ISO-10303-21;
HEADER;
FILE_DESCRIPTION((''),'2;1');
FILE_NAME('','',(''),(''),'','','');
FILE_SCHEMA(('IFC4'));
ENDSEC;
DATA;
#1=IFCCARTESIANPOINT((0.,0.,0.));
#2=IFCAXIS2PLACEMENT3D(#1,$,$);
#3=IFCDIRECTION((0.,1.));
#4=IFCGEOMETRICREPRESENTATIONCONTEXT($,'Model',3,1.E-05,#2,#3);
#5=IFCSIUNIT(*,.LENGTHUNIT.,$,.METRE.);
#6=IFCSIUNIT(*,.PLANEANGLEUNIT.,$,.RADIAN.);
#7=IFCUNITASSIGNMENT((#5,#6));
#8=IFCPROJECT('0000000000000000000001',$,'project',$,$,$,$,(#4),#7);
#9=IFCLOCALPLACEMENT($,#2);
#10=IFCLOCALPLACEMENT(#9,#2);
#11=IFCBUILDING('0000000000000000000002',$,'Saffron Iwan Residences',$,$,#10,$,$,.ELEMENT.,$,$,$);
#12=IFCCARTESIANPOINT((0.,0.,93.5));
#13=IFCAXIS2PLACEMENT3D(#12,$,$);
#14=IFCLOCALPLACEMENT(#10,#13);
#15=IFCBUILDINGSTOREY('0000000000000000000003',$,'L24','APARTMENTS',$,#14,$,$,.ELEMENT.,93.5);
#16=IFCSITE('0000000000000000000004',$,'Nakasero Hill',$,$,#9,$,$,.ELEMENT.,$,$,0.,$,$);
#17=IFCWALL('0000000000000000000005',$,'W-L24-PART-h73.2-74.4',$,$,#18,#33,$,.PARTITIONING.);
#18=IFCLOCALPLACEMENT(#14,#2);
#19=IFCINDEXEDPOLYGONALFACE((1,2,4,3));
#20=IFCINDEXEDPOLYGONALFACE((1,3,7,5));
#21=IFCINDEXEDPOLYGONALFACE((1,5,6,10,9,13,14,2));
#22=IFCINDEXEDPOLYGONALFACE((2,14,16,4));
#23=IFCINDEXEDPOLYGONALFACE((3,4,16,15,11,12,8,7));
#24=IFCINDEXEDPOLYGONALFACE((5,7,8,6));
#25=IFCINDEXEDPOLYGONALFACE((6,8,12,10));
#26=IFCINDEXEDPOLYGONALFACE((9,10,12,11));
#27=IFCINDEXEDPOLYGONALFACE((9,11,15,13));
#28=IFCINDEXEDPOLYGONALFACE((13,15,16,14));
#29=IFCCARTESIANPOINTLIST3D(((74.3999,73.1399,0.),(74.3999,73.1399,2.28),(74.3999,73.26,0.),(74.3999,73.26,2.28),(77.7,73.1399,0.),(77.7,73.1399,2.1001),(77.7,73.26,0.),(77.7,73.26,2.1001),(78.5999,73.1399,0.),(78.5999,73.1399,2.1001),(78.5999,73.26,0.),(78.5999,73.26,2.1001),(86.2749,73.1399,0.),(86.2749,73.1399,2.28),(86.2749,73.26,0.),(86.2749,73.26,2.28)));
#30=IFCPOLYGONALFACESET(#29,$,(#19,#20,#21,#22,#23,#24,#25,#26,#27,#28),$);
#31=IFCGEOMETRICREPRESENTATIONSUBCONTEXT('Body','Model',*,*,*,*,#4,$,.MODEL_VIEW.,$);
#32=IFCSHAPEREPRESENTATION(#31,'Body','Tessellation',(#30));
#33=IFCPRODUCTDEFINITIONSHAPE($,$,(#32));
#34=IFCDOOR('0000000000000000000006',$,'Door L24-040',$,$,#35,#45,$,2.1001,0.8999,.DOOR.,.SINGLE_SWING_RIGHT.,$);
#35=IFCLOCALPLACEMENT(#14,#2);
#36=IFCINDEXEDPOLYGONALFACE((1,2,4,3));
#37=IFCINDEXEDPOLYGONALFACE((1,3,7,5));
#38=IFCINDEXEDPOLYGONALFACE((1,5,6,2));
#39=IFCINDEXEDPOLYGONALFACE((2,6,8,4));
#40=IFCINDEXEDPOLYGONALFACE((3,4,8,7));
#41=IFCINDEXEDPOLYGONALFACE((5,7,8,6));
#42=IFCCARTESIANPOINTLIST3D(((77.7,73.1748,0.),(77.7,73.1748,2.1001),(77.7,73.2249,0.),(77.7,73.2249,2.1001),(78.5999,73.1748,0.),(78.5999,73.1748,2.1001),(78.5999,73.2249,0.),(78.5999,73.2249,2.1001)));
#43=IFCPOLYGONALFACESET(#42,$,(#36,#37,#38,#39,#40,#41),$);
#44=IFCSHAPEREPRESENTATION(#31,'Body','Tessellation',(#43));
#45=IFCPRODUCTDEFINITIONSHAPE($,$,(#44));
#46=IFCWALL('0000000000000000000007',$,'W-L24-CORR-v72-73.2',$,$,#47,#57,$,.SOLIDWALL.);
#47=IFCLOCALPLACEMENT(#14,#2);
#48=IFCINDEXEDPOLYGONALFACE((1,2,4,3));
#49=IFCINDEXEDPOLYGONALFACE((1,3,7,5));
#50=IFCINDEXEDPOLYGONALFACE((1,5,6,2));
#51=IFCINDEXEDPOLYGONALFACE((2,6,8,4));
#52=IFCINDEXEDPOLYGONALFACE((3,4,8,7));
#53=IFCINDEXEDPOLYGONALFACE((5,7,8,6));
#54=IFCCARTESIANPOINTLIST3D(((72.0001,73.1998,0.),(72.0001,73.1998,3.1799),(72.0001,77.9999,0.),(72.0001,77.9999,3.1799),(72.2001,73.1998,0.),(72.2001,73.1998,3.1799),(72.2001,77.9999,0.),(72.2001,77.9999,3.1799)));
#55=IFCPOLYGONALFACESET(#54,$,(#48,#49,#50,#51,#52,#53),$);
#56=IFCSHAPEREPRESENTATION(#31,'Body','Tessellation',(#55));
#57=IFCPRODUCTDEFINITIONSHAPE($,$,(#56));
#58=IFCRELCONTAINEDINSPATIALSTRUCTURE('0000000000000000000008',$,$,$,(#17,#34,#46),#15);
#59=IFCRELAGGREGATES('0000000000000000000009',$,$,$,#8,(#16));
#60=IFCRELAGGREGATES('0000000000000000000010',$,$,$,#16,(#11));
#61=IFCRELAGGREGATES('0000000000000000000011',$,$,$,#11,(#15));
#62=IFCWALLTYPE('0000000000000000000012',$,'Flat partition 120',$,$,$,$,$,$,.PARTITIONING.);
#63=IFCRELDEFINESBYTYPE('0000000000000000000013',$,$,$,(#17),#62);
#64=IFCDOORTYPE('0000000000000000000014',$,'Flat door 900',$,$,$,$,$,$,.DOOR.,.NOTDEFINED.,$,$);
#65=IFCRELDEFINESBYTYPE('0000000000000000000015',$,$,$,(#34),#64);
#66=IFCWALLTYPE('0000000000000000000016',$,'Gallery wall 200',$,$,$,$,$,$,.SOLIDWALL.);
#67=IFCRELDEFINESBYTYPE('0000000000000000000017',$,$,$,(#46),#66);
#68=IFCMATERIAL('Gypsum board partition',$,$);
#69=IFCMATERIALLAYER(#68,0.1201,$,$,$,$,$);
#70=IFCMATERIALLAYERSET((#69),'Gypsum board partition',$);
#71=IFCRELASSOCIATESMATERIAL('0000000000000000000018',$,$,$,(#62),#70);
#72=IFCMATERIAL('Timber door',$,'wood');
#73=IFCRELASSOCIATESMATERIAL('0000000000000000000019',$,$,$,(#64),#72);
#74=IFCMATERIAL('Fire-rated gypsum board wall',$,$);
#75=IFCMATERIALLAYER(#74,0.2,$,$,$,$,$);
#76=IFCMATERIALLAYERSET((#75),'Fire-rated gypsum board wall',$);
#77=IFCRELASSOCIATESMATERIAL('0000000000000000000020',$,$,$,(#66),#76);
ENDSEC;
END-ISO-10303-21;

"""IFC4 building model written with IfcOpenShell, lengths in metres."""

from ifc_helpers import new_model, si_unit, direction, frame, frame_2d, origin, place, context, subcontext, project, spatial, rectangle, extrude, material, layer, layer_set, type_object, element, fill, save


model = new_model("IFC4")

# Units and contexts
model_context = context("Model", 3, precision=1e-05, world=origin(), true_north=direction((0.0, 1.0)))
body_context = subcontext(model_context, "Body", "Model", "MODEL_VIEW")
ifc_project = project(units=[si_unit("LENGTHUNIT", "METRE"), si_unit("PLANEANGLEUNIT", "RADIAN")], contexts=[model_context])

# Site, building, storey
site_placement = place(None, origin())
site = spatial("IfcSite", under=ifc_project, at=site_placement, Name="Nakasero Hill", CompositionType="ELEMENT", RefElevation=0.0)
building_placement = place(site_placement, origin())
building = spatial("IfcBuilding", under=site, at=building_placement, Name="Saffron Iwan Residences", CompositionType="ELEMENT")
storey_placement = place(building_placement, frame((0.0, 0.0, 93.5)))
storey = spatial("IfcBuildingStorey", under=building, at=storey_placement, Name="L24", Description="APARTMENTS", CompositionType="ELEMENT", Elevation=93.5)

# Wall, opening, door
ifc_material_1 = material(Name="Gypsum board partition")
ifc_layer_1 = layer(ifc_material_1, 0.1201)
ifc_layer_set_1 = layer_set([ifc_layer_1], Name="Gypsum board partition")
wall_type_1 = type_object("IfcWallType", Name="Flat partition 120", PredefinedType="PARTITIONING", material=ifc_layer_set_1)
wall_1_placement = place(storey_placement, frame((74.3999, 73.2, 0.0), z_axis=(0.0, 0.0, 1.0), x_axis=(1.0, 0.0, 0.0)))
wall_1 = element("IfcWall", 1, at=wall_1_placement, inside=storey, type_object=wall_type_1, Name="W-L24-PART-h73.2-74.4", PredefinedType="PARTITIONING", context=body_context, shape_type="SweptSolid", body=[
    extrude(rectangle(XDim=11.875, YDim=0.1201, at=frame_2d((5.9375, 0.0))), origin(), (0.0, 0.0, 1.0), 2.28),
])
opening_1_placement = place(wall_1_placement, frame((3.3, 0.0, 0.0)))
opening_1 = element("IfcOpeningElement", 2, at=opening_1_placement, cuts=wall_1, PredefinedType="OPENING", context=body_context, shape_type="SweptSolid", body=[
    extrude(rectangle(XDim=0.8999, YDim=2.1001, at=frame_2d((0.45, 1.05))), frame((0.0, 0.0701, 0.0), z_axis=(0.0, -1.0, 0.0), x_axis=(1.0, 0.0, 0.0)), (0.0, 0.0, 1.0), 0.1401),
])
ifc_material_2 = material(Name="Timber door", Category="wood")
door_type_1 = type_object("IfcDoorType", Name="Flat door 900", OperationType="NOTDEFINED", PredefinedType="DOOR", material=ifc_material_2)
door_1_placement = place(opening_1_placement, origin())
door_1 = element("IfcDoor", 3, at=door_1_placement, inside=storey, type_object=door_type_1, Name="Door L24-040", OperationType="SINGLE_SWING_RIGHT", OverallHeight=2.1001, OverallWidth=0.8999, PredefinedType="DOOR", context=body_context, shape_type="SweptSolid", body=[
    extrude(rectangle(XDim=0.8999, YDim=2.1001, at=frame_2d((0.45, 1.05))), frame((0.0, 0.0249, 0.0), z_axis=(0.0, -1.0, 0.0), x_axis=(1.0, 0.0, 0.0)), (0.0, 0.0, 1.0), 0.05),
])
fill(opening_1, door_1)

# Wall
ifc_material_3 = material(Name="Fire-rated gypsum board wall")
ifc_layer_2 = layer(ifc_material_3, 0.2)
ifc_layer_set_2 = layer_set([ifc_layer_2], Name="Fire-rated gypsum board wall")
wall_type_2 = type_object("IfcWallType", Name="Gallery wall 200", PredefinedType="SOLIDWALL", material=ifc_layer_set_2)
wall_2_placement = place(storey_placement, frame((72.1001, 73.2, 0.0), z_axis=(0.0, 0.0, 1.0), x_axis=(0.0, 1.0, 0.0)))
element("IfcWall", 4, at=wall_2_placement, inside=storey, type_object=wall_type_2, Name="W-L24-CORR-v72-73.2", PredefinedType="SOLIDWALL", context=body_context, shape_type="SweptSolid", body=[
    extrude(rectangle(XDim=4.8, YDim=0.2, at=frame_2d((2.3999, 0.0))), origin(), (0.0, 0.0, 1.0), 3.1799),
])

save(model, "model.ifc")
